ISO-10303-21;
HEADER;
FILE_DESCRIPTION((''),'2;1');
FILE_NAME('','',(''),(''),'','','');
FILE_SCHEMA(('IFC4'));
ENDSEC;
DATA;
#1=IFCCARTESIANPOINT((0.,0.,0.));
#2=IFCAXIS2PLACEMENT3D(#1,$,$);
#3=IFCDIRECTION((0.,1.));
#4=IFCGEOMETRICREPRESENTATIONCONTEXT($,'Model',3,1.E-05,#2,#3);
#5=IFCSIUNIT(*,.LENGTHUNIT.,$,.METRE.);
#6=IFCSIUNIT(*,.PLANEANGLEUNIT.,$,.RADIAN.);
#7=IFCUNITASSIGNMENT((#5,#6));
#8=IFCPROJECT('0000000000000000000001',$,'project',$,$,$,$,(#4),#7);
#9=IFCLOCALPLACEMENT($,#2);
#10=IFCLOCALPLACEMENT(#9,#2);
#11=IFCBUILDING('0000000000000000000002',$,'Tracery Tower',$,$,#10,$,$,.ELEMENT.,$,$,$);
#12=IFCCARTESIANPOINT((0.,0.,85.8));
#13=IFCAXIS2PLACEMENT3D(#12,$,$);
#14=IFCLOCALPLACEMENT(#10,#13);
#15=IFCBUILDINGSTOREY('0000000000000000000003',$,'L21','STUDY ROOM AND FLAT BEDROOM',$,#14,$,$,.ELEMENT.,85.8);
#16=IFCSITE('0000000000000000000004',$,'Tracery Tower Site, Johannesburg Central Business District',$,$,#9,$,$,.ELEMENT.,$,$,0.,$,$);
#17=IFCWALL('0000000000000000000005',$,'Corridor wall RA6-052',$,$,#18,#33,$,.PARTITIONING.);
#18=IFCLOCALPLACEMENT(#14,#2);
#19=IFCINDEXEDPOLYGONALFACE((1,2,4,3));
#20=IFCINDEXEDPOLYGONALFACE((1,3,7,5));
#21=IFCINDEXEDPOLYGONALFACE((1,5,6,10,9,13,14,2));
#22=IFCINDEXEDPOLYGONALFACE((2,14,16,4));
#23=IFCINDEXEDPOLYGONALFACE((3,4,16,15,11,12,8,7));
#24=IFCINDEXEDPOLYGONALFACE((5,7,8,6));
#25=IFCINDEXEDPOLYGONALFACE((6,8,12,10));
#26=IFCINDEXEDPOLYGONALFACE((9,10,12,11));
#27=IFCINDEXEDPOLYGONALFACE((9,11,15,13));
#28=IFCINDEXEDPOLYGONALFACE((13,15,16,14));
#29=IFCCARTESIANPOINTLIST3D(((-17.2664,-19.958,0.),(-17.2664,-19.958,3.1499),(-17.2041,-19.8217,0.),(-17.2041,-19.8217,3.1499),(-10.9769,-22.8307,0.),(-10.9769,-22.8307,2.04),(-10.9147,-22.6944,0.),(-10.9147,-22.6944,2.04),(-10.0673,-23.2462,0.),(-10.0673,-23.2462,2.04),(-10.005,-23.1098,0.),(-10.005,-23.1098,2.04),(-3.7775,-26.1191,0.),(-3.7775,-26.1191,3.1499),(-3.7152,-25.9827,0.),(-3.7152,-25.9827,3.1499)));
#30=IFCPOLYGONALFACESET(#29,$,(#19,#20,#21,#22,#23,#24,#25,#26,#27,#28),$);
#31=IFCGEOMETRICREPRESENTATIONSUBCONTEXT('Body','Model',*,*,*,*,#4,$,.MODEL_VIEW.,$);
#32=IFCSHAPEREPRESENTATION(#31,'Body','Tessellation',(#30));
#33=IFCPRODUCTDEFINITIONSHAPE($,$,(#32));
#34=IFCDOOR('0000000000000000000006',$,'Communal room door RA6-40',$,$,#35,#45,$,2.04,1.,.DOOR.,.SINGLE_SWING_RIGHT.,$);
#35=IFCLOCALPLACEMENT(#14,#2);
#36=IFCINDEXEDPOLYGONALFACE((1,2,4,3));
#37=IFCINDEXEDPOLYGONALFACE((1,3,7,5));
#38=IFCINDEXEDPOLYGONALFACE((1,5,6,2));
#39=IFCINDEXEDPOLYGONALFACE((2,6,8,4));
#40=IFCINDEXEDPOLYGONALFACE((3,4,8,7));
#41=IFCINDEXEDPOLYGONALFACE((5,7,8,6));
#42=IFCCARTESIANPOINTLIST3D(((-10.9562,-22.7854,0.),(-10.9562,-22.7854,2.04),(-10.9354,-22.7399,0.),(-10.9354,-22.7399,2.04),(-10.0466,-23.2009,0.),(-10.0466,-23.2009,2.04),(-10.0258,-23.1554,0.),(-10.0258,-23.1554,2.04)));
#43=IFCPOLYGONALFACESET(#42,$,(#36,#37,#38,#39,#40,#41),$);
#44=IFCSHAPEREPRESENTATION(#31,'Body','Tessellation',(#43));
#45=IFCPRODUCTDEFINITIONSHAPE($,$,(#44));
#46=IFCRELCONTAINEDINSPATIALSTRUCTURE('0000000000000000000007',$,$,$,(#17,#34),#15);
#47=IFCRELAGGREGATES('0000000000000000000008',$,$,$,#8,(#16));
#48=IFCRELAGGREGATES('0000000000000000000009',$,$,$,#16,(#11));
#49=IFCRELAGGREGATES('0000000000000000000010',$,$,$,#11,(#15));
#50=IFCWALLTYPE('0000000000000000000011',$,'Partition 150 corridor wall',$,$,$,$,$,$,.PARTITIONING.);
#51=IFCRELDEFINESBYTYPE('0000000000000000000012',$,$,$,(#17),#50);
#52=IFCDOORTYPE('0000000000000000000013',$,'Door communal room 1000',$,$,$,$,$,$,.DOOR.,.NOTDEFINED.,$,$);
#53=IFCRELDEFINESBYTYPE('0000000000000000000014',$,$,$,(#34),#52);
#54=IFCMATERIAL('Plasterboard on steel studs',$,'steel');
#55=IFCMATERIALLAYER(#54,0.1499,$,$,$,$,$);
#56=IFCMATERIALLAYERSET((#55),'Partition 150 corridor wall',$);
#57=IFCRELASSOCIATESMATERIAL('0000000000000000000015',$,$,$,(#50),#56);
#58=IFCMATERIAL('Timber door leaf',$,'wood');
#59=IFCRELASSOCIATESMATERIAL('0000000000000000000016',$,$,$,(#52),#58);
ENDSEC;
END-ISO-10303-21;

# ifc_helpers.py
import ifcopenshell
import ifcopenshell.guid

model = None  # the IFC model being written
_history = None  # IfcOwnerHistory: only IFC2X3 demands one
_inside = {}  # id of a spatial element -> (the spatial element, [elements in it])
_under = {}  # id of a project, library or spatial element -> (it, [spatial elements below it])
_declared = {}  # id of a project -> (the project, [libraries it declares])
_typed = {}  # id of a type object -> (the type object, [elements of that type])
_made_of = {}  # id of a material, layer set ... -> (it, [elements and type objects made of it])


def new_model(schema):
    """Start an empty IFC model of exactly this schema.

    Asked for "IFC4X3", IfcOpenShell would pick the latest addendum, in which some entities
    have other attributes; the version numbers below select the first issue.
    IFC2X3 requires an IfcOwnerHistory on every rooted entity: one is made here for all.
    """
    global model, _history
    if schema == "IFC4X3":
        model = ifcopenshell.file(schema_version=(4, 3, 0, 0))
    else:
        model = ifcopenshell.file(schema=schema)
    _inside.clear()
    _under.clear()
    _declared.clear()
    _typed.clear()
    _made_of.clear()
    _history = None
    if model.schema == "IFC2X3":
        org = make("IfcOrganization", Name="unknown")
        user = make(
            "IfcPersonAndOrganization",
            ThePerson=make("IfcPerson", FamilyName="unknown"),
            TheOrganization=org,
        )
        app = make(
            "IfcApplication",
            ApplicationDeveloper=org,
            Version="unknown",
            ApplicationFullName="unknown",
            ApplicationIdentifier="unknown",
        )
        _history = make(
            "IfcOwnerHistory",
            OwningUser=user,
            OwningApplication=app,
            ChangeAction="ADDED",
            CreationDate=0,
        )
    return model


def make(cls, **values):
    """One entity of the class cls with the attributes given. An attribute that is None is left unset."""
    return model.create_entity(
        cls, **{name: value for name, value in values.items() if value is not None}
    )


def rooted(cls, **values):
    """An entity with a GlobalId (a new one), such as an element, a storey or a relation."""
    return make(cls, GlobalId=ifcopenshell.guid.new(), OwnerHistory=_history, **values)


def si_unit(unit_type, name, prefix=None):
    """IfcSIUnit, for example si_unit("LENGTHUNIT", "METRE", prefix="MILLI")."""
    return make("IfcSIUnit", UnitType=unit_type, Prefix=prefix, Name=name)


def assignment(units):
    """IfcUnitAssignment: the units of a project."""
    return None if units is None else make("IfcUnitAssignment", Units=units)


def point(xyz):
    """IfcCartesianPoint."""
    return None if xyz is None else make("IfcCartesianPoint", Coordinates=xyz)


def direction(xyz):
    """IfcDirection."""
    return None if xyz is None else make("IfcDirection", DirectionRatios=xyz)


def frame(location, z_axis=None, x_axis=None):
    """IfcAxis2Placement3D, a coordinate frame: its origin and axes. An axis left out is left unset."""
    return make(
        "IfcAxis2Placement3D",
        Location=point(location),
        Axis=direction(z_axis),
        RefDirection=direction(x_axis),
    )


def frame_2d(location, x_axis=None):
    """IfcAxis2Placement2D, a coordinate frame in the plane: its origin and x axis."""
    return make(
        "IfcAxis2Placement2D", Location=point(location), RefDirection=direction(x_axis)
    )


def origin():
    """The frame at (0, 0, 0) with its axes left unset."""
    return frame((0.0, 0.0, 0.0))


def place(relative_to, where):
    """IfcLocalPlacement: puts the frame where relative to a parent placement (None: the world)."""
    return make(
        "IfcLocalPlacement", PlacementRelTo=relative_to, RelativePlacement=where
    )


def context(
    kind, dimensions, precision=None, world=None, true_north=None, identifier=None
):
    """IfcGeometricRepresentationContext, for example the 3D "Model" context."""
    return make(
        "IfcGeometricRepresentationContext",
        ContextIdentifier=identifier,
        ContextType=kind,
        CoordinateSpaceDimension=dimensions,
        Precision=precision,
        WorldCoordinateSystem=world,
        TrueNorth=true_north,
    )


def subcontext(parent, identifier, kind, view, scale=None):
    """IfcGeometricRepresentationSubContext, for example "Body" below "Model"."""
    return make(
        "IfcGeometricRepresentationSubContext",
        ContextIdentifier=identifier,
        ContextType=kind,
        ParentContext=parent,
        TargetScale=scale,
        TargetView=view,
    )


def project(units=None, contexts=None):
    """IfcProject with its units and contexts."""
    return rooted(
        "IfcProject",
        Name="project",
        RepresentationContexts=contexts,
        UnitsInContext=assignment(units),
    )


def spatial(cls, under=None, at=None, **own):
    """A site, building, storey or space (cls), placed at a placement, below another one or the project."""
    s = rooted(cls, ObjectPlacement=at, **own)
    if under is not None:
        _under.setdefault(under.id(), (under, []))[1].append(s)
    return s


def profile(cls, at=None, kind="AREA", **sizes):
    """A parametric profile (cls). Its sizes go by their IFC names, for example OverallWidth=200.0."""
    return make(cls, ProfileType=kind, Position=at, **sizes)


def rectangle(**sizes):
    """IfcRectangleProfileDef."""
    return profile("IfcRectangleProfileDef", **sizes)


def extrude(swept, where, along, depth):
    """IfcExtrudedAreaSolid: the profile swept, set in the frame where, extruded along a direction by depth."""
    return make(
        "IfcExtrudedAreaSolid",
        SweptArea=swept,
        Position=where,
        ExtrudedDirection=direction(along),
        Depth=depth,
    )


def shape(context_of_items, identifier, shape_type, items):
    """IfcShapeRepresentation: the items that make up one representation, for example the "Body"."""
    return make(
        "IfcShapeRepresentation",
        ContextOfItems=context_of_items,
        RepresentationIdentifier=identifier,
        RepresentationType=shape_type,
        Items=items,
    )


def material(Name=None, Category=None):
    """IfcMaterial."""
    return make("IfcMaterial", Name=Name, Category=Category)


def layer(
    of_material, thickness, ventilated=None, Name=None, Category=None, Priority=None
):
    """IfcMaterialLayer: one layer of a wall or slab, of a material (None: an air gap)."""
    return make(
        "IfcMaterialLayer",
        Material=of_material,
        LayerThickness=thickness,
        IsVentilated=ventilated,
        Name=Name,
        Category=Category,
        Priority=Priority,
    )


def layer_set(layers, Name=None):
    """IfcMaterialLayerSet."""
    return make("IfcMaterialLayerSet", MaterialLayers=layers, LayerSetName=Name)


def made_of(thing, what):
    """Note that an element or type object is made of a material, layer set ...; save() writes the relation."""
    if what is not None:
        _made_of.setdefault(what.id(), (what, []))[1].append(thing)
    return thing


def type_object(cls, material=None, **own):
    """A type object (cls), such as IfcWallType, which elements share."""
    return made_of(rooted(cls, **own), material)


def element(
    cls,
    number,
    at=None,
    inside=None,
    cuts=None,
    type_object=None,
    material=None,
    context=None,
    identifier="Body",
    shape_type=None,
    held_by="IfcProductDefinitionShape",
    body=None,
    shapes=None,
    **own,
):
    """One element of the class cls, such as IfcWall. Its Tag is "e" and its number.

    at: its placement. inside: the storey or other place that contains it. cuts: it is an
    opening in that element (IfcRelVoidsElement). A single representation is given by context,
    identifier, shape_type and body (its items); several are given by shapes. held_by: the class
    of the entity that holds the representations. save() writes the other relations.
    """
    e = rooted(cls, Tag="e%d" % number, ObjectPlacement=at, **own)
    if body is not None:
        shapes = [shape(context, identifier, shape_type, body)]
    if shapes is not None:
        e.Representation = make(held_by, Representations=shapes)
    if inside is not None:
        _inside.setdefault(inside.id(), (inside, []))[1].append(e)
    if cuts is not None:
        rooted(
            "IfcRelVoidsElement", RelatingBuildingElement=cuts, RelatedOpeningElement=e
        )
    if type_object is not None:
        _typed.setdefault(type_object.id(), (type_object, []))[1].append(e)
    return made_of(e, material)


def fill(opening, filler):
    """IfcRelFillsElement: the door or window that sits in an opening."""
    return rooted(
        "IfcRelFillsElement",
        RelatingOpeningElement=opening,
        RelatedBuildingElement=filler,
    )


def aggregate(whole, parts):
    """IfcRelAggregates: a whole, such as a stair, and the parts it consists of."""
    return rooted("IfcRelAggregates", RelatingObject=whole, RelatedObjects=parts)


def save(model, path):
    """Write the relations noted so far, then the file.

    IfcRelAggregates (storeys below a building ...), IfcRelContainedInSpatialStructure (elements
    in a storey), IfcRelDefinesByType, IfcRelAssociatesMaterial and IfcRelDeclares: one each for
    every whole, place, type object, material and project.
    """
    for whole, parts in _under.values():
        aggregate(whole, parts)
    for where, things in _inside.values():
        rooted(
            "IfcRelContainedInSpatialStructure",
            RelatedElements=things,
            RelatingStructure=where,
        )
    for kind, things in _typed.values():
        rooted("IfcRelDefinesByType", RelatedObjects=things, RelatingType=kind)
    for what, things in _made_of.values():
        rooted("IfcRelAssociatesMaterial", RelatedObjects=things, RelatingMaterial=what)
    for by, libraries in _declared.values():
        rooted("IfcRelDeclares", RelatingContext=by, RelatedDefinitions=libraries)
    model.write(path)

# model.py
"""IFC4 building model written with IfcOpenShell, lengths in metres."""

from ifc_helpers import new_model, si_unit, direction, frame, frame_2d, origin, place, context, subcontext, project, spatial, rectangle, extrude, material, layer, layer_set, type_object, element, fill, save


model = new_model("IFC4")

# Units and contexts
model_context = context("Model", 3, precision=1e-05, world=origin(), true_north=direction((0.0, 1.0)))
body_context = subcontext(model_context, "Body", "Model", "MODEL_VIEW")
ifc_project = project(units=[si_unit("LENGTHUNIT", "METRE"), si_unit("PLANEANGLEUNIT", "RADIAN")], contexts=[model_context])

# Site, building, storey
site_placement = place(None, origin())
site = spatial("IfcSite", under=ifc_project, at=site_placement, Name="Tracery Tower Site, Johannesburg Central Business District", CompositionType="ELEMENT", RefElevation=0.0)
building_placement = place(site_placement, origin())
building = spatial("IfcBuilding", under=site, at=building_placement, Name="Tracery Tower", CompositionType="ELEMENT")
storey_placement = place(building_placement, frame((0.0, 0.0, 85.8)))
storey = spatial("IfcBuildingStorey", under=building, at=storey_placement, Name="L21", Description="STUDY ROOM AND FLAT BEDROOM", CompositionType="ELEMENT", Elevation=85.8)

# Wall, opening, door
ifc_material_1 = material(Name="Plasterboard on steel studs", Category="steel")
ifc_layer_1 = layer(ifc_material_1, 0.1499)
ifc_layer_set_1 = layer_set([ifc_layer_1], Name="Partition 150 corridor wall")
wall_type_1 = type_object("IfcWallType", Name="Partition 150 corridor wall", PredefinedType="PARTITIONING", material=ifc_layer_set_1)
wall_1_placement = place(storey_placement, frame((-17.2351, -19.8899, 0.0), z_axis=(0.0, 0.0, 1.0), x_axis=(0.909609, -0.415466, 0.0)))
wall_1 = element("IfcWall", 1, at=wall_1_placement, inside=storey, type_object=wall_type_1, Name="Corridor wall RA6-052", PredefinedType="PARTITIONING", context=body_context, shape_type="SweptSolid", body=[
    extrude(rectangle(XDim=14.8293, YDim=0.1499, at=frame_2d((7.4146, 0.0))), origin(), (0.0, 0.0, 1.0), 3.1499),
])
opening_1_placement = place(wall_1_placement, frame((6.9143, 0.0, 0.0)))
opening_1 = element("IfcOpeningElement", 2, at=opening_1_placement, cuts=wall_1, PredefinedType="OPENING", context=body_context, shape_type="SweptSolid", body=[
    extrude(rectangle(XDim=1.0, YDim=2.04, at=frame_2d((0.5, 1.02))), frame((0.0, 0.075, 0.0), z_axis=(0.0, -1.0, 0.0), x_axis=(1.0, 0.0, 0.0)), (0.0, 0.0, 1.0), 0.1499),
])
ifc_material_2 = material(Name="Timber door leaf", Category="wood")
door_type_1 = type_object("IfcDoorType", Name="Door communal room 1000", OperationType="NOTDEFINED", PredefinedType="DOOR", material=ifc_material_2)
door_1_placement = place(opening_1_placement, origin())
door_1 = element("IfcDoor", 3, at=door_1_placement, inside=storey, type_object=door_type_1, Name="Communal room door RA6-40", OperationType="SINGLE_SWING_RIGHT", OverallHeight=2.04, OverallWidth=1.0, PredefinedType="DOOR", context=body_context, shape_type="SweptSolid", body=[
    extrude(rectangle(XDim=1.0, YDim=2.04, at=frame_2d((0.5, 1.02))), frame((0.0, 0.0249, 0.0), z_axis=(0.0, -1.0, 0.0), x_axis=(1.0, 0.0, 0.0)), (0.0, 0.0, 1.0), 0.05),
])
fill(opening_1, door_1)

save(model, "model.ifc")
